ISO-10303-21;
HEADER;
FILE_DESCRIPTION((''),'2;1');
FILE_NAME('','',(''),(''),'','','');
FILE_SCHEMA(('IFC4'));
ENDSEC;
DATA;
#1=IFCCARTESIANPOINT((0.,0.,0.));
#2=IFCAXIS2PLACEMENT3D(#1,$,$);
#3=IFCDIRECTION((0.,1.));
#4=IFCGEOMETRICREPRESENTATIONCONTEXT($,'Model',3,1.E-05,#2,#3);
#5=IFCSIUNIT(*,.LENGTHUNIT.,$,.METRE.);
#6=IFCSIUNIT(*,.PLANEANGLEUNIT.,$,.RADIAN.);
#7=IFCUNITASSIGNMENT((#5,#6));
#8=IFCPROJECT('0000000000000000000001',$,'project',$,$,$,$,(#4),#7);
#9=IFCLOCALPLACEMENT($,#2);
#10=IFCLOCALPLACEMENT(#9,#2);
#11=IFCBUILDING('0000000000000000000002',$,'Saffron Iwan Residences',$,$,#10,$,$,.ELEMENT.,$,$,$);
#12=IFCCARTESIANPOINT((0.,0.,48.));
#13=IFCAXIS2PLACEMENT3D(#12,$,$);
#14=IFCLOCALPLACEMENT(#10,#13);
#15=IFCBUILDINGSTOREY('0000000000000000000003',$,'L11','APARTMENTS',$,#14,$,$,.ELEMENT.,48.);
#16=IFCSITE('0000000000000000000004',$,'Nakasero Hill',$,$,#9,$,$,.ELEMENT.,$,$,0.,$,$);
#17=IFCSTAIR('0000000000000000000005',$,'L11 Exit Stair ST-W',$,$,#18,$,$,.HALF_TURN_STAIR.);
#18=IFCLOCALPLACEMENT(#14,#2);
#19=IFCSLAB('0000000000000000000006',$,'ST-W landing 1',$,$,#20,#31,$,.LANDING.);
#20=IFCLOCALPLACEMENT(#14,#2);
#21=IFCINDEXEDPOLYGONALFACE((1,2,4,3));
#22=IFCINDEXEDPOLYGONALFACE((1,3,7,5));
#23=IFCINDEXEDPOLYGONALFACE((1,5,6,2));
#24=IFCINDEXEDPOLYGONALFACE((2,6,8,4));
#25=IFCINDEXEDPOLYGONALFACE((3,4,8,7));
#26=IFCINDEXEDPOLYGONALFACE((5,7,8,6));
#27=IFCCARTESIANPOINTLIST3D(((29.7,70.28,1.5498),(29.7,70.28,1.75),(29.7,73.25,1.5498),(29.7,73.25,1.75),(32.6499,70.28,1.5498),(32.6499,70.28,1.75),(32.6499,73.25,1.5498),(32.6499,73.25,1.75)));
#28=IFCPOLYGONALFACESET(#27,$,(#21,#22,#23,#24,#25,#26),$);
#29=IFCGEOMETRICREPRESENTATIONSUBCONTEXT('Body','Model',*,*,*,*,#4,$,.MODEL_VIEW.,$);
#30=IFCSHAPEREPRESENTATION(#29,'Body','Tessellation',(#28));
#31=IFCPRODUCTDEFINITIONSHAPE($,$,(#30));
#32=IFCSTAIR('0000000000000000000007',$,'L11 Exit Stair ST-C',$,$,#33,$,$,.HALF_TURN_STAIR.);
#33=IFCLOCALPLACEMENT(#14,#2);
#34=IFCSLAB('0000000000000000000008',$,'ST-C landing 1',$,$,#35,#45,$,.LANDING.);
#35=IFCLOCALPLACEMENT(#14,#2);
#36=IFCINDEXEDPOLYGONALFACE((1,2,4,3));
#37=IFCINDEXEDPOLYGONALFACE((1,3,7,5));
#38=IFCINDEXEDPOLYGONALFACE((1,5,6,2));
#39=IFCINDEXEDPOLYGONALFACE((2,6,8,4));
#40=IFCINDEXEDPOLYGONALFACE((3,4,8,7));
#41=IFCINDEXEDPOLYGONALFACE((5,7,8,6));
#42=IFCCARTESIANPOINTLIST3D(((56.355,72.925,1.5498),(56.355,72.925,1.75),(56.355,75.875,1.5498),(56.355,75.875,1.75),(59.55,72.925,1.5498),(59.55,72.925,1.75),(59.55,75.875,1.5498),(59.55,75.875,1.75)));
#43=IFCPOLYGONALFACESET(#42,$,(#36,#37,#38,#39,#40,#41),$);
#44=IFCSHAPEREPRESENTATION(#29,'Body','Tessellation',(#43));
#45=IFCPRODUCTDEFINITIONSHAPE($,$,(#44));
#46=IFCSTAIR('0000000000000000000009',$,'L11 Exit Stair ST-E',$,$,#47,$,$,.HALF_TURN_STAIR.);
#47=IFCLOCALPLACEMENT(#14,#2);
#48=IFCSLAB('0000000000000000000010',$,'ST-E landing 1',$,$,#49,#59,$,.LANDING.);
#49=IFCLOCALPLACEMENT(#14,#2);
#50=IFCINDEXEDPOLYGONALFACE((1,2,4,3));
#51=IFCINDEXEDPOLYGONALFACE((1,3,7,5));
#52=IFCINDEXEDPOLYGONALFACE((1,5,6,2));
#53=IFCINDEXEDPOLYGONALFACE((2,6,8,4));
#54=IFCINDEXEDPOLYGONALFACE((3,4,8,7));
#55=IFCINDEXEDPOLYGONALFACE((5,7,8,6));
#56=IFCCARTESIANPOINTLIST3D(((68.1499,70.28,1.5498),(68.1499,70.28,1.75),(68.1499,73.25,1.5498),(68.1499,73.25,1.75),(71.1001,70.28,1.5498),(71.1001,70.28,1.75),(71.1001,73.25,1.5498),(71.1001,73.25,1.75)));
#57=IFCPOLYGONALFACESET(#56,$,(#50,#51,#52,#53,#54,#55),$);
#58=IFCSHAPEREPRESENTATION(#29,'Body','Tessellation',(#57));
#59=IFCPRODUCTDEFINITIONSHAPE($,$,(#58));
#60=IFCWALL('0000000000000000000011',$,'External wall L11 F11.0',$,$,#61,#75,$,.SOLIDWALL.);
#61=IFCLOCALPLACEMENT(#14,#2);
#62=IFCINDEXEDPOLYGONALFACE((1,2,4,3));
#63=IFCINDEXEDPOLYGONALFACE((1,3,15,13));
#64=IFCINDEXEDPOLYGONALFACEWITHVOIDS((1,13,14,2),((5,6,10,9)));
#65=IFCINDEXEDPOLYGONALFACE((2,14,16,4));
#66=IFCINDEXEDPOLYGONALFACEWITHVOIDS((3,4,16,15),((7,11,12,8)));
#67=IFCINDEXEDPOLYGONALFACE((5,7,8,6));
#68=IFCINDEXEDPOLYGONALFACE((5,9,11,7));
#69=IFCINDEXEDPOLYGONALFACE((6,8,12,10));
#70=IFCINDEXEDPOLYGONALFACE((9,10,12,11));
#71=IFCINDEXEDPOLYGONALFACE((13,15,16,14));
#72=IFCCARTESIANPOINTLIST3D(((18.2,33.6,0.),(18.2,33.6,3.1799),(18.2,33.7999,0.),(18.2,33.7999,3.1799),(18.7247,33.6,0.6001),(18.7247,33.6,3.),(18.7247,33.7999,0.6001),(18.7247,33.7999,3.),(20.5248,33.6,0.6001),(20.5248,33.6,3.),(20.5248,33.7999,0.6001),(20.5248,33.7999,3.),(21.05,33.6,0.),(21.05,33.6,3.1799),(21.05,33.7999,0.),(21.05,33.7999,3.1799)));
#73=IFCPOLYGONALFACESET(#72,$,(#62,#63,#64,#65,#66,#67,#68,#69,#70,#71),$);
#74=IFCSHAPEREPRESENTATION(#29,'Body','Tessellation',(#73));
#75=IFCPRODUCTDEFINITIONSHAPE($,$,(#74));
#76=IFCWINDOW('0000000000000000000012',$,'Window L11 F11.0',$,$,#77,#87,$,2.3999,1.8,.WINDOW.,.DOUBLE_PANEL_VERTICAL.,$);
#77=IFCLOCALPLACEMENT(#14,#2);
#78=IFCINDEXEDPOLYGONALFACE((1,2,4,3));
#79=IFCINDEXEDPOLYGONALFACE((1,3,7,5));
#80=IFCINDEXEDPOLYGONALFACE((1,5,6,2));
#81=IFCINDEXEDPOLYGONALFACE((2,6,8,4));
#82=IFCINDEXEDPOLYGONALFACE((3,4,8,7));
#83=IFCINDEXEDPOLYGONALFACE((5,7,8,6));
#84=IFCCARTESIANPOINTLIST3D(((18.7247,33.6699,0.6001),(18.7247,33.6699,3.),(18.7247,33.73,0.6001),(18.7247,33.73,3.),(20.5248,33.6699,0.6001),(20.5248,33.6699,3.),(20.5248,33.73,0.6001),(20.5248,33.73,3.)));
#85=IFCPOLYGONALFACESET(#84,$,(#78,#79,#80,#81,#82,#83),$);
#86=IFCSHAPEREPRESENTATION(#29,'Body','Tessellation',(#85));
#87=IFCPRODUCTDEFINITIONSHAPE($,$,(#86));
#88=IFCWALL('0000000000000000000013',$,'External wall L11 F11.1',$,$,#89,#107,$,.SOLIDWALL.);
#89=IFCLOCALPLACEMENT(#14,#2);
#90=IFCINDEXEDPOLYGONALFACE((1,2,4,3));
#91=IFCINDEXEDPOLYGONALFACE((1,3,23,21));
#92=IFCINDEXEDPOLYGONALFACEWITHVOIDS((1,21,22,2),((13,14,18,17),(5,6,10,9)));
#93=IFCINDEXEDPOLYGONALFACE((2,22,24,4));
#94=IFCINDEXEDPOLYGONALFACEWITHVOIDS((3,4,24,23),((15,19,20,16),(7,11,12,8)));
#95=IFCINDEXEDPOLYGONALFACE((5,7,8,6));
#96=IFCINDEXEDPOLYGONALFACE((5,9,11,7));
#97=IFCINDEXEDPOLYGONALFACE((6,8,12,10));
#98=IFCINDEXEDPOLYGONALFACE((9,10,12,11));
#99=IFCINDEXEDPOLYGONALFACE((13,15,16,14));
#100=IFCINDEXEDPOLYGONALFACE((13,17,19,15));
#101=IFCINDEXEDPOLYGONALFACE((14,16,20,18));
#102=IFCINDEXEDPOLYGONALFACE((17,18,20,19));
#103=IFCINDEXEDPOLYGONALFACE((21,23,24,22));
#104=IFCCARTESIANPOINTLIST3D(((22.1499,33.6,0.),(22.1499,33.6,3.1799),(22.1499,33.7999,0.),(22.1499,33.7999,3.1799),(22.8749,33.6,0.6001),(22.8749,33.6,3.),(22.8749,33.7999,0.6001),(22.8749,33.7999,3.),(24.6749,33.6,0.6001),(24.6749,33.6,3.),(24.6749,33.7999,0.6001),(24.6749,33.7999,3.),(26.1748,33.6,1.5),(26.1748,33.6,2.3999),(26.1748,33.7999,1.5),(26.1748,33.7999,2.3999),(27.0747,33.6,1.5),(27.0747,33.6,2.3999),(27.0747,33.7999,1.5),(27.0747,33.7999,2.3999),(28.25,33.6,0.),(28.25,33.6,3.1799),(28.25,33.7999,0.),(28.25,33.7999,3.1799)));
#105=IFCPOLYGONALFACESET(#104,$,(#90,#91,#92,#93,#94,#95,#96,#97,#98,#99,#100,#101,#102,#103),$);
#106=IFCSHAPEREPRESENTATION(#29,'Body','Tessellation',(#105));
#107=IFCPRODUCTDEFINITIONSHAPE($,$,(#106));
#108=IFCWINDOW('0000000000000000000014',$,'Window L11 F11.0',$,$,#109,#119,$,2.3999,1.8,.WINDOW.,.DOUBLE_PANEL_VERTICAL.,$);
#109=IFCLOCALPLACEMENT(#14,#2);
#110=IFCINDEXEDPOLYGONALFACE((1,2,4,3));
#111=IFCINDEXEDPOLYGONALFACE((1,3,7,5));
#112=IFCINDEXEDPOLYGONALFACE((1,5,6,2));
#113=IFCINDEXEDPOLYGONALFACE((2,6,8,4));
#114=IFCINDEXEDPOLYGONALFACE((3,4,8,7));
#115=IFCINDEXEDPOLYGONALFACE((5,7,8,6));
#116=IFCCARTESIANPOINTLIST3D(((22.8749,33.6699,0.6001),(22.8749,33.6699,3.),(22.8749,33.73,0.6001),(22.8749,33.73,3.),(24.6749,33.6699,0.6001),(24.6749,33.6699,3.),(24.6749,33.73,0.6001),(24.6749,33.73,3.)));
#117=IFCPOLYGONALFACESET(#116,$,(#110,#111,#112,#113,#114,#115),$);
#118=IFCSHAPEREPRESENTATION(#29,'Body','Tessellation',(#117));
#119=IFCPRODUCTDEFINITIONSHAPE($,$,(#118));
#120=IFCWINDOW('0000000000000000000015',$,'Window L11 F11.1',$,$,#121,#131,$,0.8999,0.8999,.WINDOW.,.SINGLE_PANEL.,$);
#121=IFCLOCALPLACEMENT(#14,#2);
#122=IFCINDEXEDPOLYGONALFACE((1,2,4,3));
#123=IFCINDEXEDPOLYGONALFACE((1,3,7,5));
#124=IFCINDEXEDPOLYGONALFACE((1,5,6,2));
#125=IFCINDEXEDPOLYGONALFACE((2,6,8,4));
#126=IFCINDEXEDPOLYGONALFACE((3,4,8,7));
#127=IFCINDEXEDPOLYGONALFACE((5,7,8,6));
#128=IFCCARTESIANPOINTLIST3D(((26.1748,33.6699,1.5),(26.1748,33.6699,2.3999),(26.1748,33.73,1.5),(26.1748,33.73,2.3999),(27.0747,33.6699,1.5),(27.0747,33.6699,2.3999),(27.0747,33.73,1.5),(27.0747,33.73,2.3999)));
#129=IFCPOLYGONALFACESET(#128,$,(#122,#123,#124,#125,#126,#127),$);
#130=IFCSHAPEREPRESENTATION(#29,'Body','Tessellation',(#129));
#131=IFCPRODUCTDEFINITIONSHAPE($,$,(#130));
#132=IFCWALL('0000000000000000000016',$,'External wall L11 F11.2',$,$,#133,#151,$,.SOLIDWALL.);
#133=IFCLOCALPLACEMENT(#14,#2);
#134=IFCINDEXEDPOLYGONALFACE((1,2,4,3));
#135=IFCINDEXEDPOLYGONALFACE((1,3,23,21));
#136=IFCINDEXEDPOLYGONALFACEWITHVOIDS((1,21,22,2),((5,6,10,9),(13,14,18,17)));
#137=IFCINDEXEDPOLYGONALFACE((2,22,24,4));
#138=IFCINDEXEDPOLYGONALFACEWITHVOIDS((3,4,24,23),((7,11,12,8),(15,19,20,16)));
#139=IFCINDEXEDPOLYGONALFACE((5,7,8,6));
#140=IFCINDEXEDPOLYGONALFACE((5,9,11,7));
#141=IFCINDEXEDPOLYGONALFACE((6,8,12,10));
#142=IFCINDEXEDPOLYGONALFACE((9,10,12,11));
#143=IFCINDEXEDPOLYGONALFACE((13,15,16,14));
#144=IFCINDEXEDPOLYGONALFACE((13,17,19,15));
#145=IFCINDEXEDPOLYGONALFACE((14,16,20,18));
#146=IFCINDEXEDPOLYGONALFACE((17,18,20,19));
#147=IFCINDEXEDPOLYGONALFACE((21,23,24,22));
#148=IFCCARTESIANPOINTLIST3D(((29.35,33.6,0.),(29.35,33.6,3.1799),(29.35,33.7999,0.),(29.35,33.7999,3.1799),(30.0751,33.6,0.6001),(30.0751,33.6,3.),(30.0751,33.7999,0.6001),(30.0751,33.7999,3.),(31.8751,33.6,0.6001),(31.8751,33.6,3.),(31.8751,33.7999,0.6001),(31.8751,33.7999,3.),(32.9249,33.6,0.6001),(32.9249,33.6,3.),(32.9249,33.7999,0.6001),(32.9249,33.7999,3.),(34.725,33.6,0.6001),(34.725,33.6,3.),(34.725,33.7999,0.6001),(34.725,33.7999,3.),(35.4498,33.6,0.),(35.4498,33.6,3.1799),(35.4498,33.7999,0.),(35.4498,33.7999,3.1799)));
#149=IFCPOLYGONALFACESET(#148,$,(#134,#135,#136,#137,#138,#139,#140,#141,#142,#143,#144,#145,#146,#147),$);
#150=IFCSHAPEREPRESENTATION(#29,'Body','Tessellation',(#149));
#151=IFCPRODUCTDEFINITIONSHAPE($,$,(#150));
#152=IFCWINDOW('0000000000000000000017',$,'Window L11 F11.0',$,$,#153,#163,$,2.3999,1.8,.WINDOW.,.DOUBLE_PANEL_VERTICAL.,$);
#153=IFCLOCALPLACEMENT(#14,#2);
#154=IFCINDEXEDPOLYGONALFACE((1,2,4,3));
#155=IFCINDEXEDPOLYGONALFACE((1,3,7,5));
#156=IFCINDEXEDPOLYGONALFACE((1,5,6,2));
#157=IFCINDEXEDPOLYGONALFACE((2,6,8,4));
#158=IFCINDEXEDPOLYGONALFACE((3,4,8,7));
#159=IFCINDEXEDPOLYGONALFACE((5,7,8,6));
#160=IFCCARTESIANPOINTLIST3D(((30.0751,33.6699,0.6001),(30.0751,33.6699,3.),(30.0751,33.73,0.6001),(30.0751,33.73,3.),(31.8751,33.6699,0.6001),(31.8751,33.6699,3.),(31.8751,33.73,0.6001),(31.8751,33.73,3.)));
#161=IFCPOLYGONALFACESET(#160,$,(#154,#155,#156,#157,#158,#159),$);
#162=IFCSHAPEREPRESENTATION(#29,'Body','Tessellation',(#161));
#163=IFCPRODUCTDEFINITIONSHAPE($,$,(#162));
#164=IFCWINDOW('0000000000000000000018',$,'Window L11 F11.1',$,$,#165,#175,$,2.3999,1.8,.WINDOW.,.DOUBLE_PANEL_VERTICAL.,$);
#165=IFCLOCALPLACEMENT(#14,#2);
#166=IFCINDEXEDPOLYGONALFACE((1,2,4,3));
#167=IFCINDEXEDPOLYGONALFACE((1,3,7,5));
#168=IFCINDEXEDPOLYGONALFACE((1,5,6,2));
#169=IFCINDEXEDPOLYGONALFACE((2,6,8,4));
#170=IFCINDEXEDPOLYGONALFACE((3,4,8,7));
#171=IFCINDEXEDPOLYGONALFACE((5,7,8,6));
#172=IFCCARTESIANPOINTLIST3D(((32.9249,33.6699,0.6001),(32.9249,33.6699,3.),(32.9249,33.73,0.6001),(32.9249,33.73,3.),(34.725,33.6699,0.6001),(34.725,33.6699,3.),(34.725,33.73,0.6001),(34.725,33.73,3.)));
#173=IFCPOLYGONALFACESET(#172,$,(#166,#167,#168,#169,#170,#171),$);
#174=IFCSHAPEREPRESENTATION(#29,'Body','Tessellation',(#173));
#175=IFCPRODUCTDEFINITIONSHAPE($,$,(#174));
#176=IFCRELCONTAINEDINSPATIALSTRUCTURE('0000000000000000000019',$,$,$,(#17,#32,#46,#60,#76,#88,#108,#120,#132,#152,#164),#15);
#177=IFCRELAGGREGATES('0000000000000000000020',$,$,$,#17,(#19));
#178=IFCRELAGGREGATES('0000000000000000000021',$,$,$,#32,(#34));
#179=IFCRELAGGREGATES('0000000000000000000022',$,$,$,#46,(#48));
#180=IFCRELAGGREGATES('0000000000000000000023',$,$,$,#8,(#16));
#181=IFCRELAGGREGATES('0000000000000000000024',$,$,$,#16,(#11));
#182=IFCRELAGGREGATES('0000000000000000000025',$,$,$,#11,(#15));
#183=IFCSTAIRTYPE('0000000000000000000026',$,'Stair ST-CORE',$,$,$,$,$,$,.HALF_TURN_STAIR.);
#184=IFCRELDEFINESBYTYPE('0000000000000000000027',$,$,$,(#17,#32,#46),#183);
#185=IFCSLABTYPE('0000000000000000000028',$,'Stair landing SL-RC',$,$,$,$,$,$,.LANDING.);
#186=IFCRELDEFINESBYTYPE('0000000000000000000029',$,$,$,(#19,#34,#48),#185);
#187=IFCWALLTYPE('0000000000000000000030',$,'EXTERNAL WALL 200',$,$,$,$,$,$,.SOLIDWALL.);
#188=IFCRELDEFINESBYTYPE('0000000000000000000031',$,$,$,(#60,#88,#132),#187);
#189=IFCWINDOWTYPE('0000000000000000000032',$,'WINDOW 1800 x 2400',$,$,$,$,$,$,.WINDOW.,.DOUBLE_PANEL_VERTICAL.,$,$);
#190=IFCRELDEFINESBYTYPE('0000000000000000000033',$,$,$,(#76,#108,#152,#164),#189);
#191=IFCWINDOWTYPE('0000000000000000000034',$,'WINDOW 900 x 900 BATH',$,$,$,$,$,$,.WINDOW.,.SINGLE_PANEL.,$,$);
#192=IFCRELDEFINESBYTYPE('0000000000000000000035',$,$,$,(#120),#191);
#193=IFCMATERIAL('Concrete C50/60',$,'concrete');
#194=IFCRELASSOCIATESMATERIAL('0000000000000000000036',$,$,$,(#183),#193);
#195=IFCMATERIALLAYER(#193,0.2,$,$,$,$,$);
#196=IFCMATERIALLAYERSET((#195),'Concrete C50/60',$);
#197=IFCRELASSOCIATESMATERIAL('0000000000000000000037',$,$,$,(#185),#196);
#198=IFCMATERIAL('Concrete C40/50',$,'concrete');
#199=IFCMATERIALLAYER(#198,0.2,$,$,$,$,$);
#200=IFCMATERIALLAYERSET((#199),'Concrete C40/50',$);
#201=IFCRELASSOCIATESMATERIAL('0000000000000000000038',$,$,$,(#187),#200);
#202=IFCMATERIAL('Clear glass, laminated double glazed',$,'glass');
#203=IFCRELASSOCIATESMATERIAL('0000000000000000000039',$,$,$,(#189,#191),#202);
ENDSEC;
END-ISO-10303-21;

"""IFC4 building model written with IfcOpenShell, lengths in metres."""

from ifc_helpers import new_model, si_unit, direction, frame, frame_2d, origin, place, context, subcontext, project, spatial, polyline, rectangle, outline, extrude, material, layer, layer_set, type_object, element, fill, aggregate, save


model = new_model("IFC4")

# Units and contexts
model_context = context("Model", 3, precision=1e-05, world=origin(), true_north=direction((0.0, 1.0)))
body_context = subcontext(model_context, "Body", "Model", "MODEL_VIEW")
ifc_project = project(units=[si_unit("LENGTHUNIT", "METRE"), si_unit("PLANEANGLEUNIT", "RADIAN")], contexts=[model_context])

# Site, building, storey
site_placement = place(None, origin())
site = spatial("IfcSite", under=ifc_project, at=site_placement, Name="Nakasero Hill", CompositionType="ELEMENT", RefElevation=0.0)
building_placement = place(site_placement, origin())
building = spatial("IfcBuilding", under=site, at=building_placement, Name="Saffron Iwan Residences", CompositionType="ELEMENT")
storey_placement = place(building_placement, frame((0.0, 0.0, 48.0)))
storey = spatial("IfcBuildingStorey", under=building, at=storey_placement, Name="L11", Description="APARTMENTS", CompositionType="ELEMENT", Elevation=48.0)

# Stairs, slabs
ifc_material_1 = material(Name="Concrete C50/60", Category="concrete")
stair_type = type_object("IfcStairType", Name="Stair ST-CORE", PredefinedType="HALF_TURN_STAIR", material=ifc_material_1)
stair_1_placement = place(storey_placement, origin())
stair_1 = element("IfcStair", 1, at=stair_1_placement, inside=storey, type_object=stair_type, Name="L11 Exit Stair ST-W", PredefinedType="HALF_TURN_STAIR")
ifc_layer_1 = layer(ifc_material_1, 0.2)
ifc_layer_set_1 = layer_set([ifc_layer_1], Name="Concrete C50/60")
slab_type = type_object("IfcSlabType", Name="Stair landing SL-RC", PredefinedType="LANDING", material=ifc_layer_set_1)
slab_1_placement = place(storey_placement, frame((0.0, 0.0, 1.5498)))
slab_1 = element("IfcSlab", 2, at=slab_1_placement, type_object=slab_type, Name="ST-W landing 1", PredefinedType="LANDING", context=body_context, shape_type="SweptSolid", body=[
    extrude(outline(polyline([(32.6499, 70.28), (32.6499, 73.25), (29.7, 73.25), (29.7, 70.28), (32.6499, 70.28)])), origin(), (0.0, 0.0, 1.0), 0.2002),
])
aggregate(stair_1, [slab_1])
stair_2_placement = place(storey_placement, origin())
stair_2 = element("IfcStair", 3, at=stair_2_placement, inside=storey, type_object=stair_type, Name="L11 Exit Stair ST-C", PredefinedType="HALF_TURN_STAIR")
slab_2_placement = place(storey_placement, frame((0.0, 0.0, 1.5498)))
slab_2 = element("IfcSlab", 4, at=slab_2_placement, type_object=slab_type, Name="ST-C landing 1", PredefinedType="LANDING", context=body_context, shape_type="SweptSolid", body=[
    extrude(outline(polyline([(56.355, 72.925), (59.55, 72.925), (59.55, 75.875), (56.355, 75.875), (56.355, 72.925)])), origin(), (0.0, 0.0, 1.0), 0.2002),
])
aggregate(stair_2, [slab_2])
stair_3_placement = place(storey_placement, origin())
stair_3 = element("IfcStair", 5, at=stair_3_placement, inside=storey, type_object=stair_type, Name="L11 Exit Stair ST-E", PredefinedType="HALF_TURN_STAIR")
slab_3_placement = place(storey_placement, frame((0.0, 0.0, 1.5498)))
slab_3 = element("IfcSlab", 6, at=slab_3_placement, type_object=slab_type, Name="ST-E landing 1", PredefinedType="LANDING", context=body_context, shape_type="SweptSolid", body=[
    extrude(outline(polyline([(71.1001, 70.28), (71.1001, 73.25), (68.1499, 73.25), (68.1499, 70.28), (71.1001, 70.28)])), origin(), (0.0, 0.0, 1.0), 0.2002),
])
aggregate(stair_3, [slab_3])

# Wall, opening, window
ifc_material_2 = material(Name="Concrete C40/50", Category="concrete")
ifc_layer_2 = layer(ifc_material_2, 0.2)
ifc_layer_set_2 = layer_set([ifc_layer_2], Name="Concrete C40/50")
wall_type_1 = type_object("IfcWallType", Name="EXTERNAL WALL 200", PredefinedType="SOLIDWALL", material=ifc_layer_set_2)
wall_1_placement = place(storey_placement, frame((18.2, 33.7, 0.0), z_axis=(0.0, 0.0, 1.0), x_axis=(1.0, 0.0, 0.0)))
wall_1 = element("IfcWall", 7, at=wall_1_placement, inside=storey, type_object=wall_type_1, Name="External wall L11 F11.0", PredefinedType="SOLIDWALL", context=body_context, shape_type="SweptSolid", body=[
    extrude(rectangle(XDim=2.8501, YDim=0.2, at=frame_2d((1.425, 0.0))), origin(), (0.0, 0.0, 1.0), 3.1799),
])
opening_1_placement = place(wall_1_placement, frame((0.5249, 0.0, 0.6001)))
opening_1 = element("IfcOpeningElement", 8, at=opening_1_placement, cuts=wall_1, PredefinedType="OPENING", context=body_context, shape_type="SweptSolid", body=[
    extrude(rectangle(XDim=1.8, YDim=2.3999, at=frame_2d((0.8999, 1.2))), frame((0.0, 0.1099, 0.0), z_axis=(0.0, -1.0, 0.0), x_axis=(1.0, 0.0, 0.0)), (0.0, 0.0, 1.0), 0.22),
])
ifc_material_3 = material(Name="Clear glass, laminated double glazed", Category="glass")
window_type_1 = type_object("IfcWindowType", Name="WINDOW 1800 x 2400", PartitioningType="DOUBLE_PANEL_VERTICAL", PredefinedType="WINDOW", material=ifc_material_3)
window_1_placement = place(opening_1_placement, origin())
window_1 = element("IfcWindow", 9, at=window_1_placement, inside=storey, type_object=window_type_1, Name="Window L11 F11.0", OverallHeight=2.3999, OverallWidth=1.8, PartitioningType="DOUBLE_PANEL_VERTICAL", PredefinedType="WINDOW", context=body_context, shape_type="SweptSolid", body=[
    extrude(rectangle(XDim=1.8, YDim=2.3999, at=frame_2d((0.8999, 1.2))), frame((0.0, 0.03, 0.0), z_axis=(0.0, -1.0, 0.0), x_axis=(1.0, 0.0, 0.0)), (0.0, 0.0, 1.0), 0.0601),
])
fill(opening_1, window_1)

# Walls, openings, windows
wall_2_placement = place(storey_placement, frame((22.1499, 33.7, 0.0), z_axis=(0.0, 0.0, 1.0), x_axis=(1.0, 0.0, 0.0)))
wall_2 = element("IfcWall", 10, at=wall_2_placement, inside=storey, type_object=wall_type_1, Name="External wall L11 F11.1", PredefinedType="SOLIDWALL", context=body_context, shape_type="SweptSolid", body=[
    extrude(rectangle(XDim=6.1001, YDim=0.2, at=frame_2d((3.05, 0.0))), origin(), (0.0, 0.0, 1.0), 3.1799),
])
opening_2_placement = place(wall_2_placement, frame((0.7251, 0.0, 0.6001)))
opening_2 = element("IfcOpeningElement", 11, at=opening_2_placement, cuts=wall_2, PredefinedType="OPENING", context=body_context, shape_type="SweptSolid", body=[
    extrude(rectangle(XDim=1.8, YDim=2.3999, at=frame_2d((0.8999, 1.2))), frame((0.0, 0.1099, 0.0), z_axis=(0.0, -1.0, 0.0), x_axis=(1.0, 0.0, 0.0)), (0.0, 0.0, 1.0), 0.22),
])
opening_3_placement = place(wall_2_placement, frame((4.0249, 0.0, 1.5)))
opening_3 = element("IfcOpeningElement", 12, at=opening_3_placement, cuts=wall_2, PredefinedType="OPENING", context=body_context, shape_type="SweptSolid", body=[
    extrude(rectangle(XDim=0.8999, YDim=0.8999, at=frame_2d((0.45, 0.45))), frame((0.0, 0.1099, 0.0), z_axis=(0.0, -1.0, 0.0), x_axis=(1.0, 0.0, 0.0)), (0.0, 0.0, 1.0), 0.22),
])
window_2_placement = place(opening_2_placement, origin())
window_2 = element("IfcWindow", 13, at=window_2_placement, inside=storey, type_object=window_type_1, Name="Window L11 F11.0", OverallHeight=2.3999, OverallWidth=1.8, PartitioningType="DOUBLE_PANEL_VERTICAL", PredefinedType="WINDOW", context=body_context, shape_type="SweptSolid", body=[
    extrude(rectangle(XDim=1.8, YDim=2.3999, at=frame_2d((0.8999, 1.2))), frame((0.0, 0.03, 0.0), z_axis=(0.0, -1.0, 0.0), x_axis=(1.0, 0.0, 0.0)), (0.0, 0.0, 1.0), 0.0601),
])
fill(opening_2, window_2)
window_type_2 = type_object("IfcWindowType", Name="WINDOW 900 x 900 BATH", PartitioningType="SINGLE_PANEL", PredefinedType="WINDOW", material=ifc_material_3)
window_3_placement = place(opening_3_placement, origin())
window_3 = element("IfcWindow", 14, at=window_3_placement, inside=storey, type_object=window_type_2, Name="Window L11 F11.1", OverallHeight=0.8999, OverallWidth=0.8999, PartitioningType="SINGLE_PANEL", PredefinedType="WINDOW", context=body_context, shape_type="SweptSolid", body=[
    extrude(rectangle(XDim=0.8999, YDim=0.8999, at=frame_2d((0.45, 0.45))), frame((0.0, 0.03, 0.0), z_axis=(0.0, -1.0, 0.0), x_axis=(1.0, 0.0, 0.0)), (0.0, 0.0, 1.0), 0.0601),
])
fill(opening_3, window_3)
wall_3_placement = place(storey_placement, frame((29.3501, 33.7, 0.0), z_axis=(0.0, 0.0, 1.0), x_axis=(1.0, 0.0, 0.0)))
wall_3 = element("IfcWall", 15, at=wall_3_placement, inside=storey, type_object=wall_type_1, Name="External wall L11 F11.2", PredefinedType="SOLIDWALL", context=body_context, shape_type="SweptSolid", body=[
    extrude(rectangle(XDim=6.0999, YDim=0.2, at=frame_2d((3.0498, 0.0))), origin(), (0.0, 0.0, 1.0), 3.1799),
])
opening_4_placement = place(wall_3_placement, frame((0.7251, 0.0, 0.6001)))
opening_4 = element("IfcOpeningElement", 16, at=opening_4_placement, cuts=wall_3, PredefinedType="OPENING", context=body_context, shape_type="SweptSolid", body=[
    extrude(rectangle(XDim=1.8, YDim=2.3999, at=frame_2d((0.8999, 1.2))), frame((0.0, 0.1099, 0.0), z_axis=(0.0, -1.0, 0.0), x_axis=(1.0, 0.0, 0.0)), (0.0, 0.0, 1.0), 0.22),
])
opening_5_placement = place(wall_3_placement, frame((3.575, 0.0, 0.6001)))
opening_5 = element("IfcOpeningElement", 17, at=opening_5_placement, cuts=wall_3, PredefinedType="OPENING", context=body_context, shape_type="SweptSolid", body=[
    extrude(rectangle(XDim=1.8, YDim=2.3999, at=frame_2d((0.8999, 1.2))), frame((0.0, 0.1099, 0.0), z_axis=(0.0, -1.0, 0.0), x_axis=(1.0, 0.0, 0.0)), (0.0, 0.0, 1.0), 0.22),
])
window_4_placement = place(opening_4_placement, origin())
window_4 = element("IfcWindow", 18, at=window_4_placement, inside=storey, type_object=window_type_1, Name="Window L11 F11.0", OverallHeight=2.3999, OverallWidth=1.8, PartitioningType="DOUBLE_PANEL_VERTICAL", PredefinedType="WINDOW", context=body_context, shape_type="SweptSolid", body=[
    extrude(rectangle(XDim=1.8, YDim=2.3999, at=frame_2d((0.8999, 1.2))), frame((0.0, 0.03, 0.0), z_axis=(0.0, -1.0, 0.0), x_axis=(1.0, 0.0, 0.0)), (0.0, 0.0, 1.0), 0.0601),
])
fill(opening_4, window_4)
window_5_placement = place(opening_5_placement, origin())
window_5 = element("IfcWindow", 19, at=window_5_placement, inside=storey, type_object=window_type_1, Name="Window L11 F11.1", OverallHeight=2.3999, OverallWidth=1.8, PartitioningType="DOUBLE_PANEL_VERTICAL", PredefinedType="WINDOW", context=body_context, shape_type="SweptSolid", body=[
    extrude(rectangle(XDim=1.8, YDim=2.3999, at=frame_2d((0.8999, 1.2))), frame((0.0, 0.03, 0.0), z_axis=(0.0, -1.0, 0.0), x_axis=(1.0, 0.0, 0.0)), (0.0, 0.0, 1.0), 0.0601),
])
fill(opening_5, window_5)

save(model, "model.ifc")
